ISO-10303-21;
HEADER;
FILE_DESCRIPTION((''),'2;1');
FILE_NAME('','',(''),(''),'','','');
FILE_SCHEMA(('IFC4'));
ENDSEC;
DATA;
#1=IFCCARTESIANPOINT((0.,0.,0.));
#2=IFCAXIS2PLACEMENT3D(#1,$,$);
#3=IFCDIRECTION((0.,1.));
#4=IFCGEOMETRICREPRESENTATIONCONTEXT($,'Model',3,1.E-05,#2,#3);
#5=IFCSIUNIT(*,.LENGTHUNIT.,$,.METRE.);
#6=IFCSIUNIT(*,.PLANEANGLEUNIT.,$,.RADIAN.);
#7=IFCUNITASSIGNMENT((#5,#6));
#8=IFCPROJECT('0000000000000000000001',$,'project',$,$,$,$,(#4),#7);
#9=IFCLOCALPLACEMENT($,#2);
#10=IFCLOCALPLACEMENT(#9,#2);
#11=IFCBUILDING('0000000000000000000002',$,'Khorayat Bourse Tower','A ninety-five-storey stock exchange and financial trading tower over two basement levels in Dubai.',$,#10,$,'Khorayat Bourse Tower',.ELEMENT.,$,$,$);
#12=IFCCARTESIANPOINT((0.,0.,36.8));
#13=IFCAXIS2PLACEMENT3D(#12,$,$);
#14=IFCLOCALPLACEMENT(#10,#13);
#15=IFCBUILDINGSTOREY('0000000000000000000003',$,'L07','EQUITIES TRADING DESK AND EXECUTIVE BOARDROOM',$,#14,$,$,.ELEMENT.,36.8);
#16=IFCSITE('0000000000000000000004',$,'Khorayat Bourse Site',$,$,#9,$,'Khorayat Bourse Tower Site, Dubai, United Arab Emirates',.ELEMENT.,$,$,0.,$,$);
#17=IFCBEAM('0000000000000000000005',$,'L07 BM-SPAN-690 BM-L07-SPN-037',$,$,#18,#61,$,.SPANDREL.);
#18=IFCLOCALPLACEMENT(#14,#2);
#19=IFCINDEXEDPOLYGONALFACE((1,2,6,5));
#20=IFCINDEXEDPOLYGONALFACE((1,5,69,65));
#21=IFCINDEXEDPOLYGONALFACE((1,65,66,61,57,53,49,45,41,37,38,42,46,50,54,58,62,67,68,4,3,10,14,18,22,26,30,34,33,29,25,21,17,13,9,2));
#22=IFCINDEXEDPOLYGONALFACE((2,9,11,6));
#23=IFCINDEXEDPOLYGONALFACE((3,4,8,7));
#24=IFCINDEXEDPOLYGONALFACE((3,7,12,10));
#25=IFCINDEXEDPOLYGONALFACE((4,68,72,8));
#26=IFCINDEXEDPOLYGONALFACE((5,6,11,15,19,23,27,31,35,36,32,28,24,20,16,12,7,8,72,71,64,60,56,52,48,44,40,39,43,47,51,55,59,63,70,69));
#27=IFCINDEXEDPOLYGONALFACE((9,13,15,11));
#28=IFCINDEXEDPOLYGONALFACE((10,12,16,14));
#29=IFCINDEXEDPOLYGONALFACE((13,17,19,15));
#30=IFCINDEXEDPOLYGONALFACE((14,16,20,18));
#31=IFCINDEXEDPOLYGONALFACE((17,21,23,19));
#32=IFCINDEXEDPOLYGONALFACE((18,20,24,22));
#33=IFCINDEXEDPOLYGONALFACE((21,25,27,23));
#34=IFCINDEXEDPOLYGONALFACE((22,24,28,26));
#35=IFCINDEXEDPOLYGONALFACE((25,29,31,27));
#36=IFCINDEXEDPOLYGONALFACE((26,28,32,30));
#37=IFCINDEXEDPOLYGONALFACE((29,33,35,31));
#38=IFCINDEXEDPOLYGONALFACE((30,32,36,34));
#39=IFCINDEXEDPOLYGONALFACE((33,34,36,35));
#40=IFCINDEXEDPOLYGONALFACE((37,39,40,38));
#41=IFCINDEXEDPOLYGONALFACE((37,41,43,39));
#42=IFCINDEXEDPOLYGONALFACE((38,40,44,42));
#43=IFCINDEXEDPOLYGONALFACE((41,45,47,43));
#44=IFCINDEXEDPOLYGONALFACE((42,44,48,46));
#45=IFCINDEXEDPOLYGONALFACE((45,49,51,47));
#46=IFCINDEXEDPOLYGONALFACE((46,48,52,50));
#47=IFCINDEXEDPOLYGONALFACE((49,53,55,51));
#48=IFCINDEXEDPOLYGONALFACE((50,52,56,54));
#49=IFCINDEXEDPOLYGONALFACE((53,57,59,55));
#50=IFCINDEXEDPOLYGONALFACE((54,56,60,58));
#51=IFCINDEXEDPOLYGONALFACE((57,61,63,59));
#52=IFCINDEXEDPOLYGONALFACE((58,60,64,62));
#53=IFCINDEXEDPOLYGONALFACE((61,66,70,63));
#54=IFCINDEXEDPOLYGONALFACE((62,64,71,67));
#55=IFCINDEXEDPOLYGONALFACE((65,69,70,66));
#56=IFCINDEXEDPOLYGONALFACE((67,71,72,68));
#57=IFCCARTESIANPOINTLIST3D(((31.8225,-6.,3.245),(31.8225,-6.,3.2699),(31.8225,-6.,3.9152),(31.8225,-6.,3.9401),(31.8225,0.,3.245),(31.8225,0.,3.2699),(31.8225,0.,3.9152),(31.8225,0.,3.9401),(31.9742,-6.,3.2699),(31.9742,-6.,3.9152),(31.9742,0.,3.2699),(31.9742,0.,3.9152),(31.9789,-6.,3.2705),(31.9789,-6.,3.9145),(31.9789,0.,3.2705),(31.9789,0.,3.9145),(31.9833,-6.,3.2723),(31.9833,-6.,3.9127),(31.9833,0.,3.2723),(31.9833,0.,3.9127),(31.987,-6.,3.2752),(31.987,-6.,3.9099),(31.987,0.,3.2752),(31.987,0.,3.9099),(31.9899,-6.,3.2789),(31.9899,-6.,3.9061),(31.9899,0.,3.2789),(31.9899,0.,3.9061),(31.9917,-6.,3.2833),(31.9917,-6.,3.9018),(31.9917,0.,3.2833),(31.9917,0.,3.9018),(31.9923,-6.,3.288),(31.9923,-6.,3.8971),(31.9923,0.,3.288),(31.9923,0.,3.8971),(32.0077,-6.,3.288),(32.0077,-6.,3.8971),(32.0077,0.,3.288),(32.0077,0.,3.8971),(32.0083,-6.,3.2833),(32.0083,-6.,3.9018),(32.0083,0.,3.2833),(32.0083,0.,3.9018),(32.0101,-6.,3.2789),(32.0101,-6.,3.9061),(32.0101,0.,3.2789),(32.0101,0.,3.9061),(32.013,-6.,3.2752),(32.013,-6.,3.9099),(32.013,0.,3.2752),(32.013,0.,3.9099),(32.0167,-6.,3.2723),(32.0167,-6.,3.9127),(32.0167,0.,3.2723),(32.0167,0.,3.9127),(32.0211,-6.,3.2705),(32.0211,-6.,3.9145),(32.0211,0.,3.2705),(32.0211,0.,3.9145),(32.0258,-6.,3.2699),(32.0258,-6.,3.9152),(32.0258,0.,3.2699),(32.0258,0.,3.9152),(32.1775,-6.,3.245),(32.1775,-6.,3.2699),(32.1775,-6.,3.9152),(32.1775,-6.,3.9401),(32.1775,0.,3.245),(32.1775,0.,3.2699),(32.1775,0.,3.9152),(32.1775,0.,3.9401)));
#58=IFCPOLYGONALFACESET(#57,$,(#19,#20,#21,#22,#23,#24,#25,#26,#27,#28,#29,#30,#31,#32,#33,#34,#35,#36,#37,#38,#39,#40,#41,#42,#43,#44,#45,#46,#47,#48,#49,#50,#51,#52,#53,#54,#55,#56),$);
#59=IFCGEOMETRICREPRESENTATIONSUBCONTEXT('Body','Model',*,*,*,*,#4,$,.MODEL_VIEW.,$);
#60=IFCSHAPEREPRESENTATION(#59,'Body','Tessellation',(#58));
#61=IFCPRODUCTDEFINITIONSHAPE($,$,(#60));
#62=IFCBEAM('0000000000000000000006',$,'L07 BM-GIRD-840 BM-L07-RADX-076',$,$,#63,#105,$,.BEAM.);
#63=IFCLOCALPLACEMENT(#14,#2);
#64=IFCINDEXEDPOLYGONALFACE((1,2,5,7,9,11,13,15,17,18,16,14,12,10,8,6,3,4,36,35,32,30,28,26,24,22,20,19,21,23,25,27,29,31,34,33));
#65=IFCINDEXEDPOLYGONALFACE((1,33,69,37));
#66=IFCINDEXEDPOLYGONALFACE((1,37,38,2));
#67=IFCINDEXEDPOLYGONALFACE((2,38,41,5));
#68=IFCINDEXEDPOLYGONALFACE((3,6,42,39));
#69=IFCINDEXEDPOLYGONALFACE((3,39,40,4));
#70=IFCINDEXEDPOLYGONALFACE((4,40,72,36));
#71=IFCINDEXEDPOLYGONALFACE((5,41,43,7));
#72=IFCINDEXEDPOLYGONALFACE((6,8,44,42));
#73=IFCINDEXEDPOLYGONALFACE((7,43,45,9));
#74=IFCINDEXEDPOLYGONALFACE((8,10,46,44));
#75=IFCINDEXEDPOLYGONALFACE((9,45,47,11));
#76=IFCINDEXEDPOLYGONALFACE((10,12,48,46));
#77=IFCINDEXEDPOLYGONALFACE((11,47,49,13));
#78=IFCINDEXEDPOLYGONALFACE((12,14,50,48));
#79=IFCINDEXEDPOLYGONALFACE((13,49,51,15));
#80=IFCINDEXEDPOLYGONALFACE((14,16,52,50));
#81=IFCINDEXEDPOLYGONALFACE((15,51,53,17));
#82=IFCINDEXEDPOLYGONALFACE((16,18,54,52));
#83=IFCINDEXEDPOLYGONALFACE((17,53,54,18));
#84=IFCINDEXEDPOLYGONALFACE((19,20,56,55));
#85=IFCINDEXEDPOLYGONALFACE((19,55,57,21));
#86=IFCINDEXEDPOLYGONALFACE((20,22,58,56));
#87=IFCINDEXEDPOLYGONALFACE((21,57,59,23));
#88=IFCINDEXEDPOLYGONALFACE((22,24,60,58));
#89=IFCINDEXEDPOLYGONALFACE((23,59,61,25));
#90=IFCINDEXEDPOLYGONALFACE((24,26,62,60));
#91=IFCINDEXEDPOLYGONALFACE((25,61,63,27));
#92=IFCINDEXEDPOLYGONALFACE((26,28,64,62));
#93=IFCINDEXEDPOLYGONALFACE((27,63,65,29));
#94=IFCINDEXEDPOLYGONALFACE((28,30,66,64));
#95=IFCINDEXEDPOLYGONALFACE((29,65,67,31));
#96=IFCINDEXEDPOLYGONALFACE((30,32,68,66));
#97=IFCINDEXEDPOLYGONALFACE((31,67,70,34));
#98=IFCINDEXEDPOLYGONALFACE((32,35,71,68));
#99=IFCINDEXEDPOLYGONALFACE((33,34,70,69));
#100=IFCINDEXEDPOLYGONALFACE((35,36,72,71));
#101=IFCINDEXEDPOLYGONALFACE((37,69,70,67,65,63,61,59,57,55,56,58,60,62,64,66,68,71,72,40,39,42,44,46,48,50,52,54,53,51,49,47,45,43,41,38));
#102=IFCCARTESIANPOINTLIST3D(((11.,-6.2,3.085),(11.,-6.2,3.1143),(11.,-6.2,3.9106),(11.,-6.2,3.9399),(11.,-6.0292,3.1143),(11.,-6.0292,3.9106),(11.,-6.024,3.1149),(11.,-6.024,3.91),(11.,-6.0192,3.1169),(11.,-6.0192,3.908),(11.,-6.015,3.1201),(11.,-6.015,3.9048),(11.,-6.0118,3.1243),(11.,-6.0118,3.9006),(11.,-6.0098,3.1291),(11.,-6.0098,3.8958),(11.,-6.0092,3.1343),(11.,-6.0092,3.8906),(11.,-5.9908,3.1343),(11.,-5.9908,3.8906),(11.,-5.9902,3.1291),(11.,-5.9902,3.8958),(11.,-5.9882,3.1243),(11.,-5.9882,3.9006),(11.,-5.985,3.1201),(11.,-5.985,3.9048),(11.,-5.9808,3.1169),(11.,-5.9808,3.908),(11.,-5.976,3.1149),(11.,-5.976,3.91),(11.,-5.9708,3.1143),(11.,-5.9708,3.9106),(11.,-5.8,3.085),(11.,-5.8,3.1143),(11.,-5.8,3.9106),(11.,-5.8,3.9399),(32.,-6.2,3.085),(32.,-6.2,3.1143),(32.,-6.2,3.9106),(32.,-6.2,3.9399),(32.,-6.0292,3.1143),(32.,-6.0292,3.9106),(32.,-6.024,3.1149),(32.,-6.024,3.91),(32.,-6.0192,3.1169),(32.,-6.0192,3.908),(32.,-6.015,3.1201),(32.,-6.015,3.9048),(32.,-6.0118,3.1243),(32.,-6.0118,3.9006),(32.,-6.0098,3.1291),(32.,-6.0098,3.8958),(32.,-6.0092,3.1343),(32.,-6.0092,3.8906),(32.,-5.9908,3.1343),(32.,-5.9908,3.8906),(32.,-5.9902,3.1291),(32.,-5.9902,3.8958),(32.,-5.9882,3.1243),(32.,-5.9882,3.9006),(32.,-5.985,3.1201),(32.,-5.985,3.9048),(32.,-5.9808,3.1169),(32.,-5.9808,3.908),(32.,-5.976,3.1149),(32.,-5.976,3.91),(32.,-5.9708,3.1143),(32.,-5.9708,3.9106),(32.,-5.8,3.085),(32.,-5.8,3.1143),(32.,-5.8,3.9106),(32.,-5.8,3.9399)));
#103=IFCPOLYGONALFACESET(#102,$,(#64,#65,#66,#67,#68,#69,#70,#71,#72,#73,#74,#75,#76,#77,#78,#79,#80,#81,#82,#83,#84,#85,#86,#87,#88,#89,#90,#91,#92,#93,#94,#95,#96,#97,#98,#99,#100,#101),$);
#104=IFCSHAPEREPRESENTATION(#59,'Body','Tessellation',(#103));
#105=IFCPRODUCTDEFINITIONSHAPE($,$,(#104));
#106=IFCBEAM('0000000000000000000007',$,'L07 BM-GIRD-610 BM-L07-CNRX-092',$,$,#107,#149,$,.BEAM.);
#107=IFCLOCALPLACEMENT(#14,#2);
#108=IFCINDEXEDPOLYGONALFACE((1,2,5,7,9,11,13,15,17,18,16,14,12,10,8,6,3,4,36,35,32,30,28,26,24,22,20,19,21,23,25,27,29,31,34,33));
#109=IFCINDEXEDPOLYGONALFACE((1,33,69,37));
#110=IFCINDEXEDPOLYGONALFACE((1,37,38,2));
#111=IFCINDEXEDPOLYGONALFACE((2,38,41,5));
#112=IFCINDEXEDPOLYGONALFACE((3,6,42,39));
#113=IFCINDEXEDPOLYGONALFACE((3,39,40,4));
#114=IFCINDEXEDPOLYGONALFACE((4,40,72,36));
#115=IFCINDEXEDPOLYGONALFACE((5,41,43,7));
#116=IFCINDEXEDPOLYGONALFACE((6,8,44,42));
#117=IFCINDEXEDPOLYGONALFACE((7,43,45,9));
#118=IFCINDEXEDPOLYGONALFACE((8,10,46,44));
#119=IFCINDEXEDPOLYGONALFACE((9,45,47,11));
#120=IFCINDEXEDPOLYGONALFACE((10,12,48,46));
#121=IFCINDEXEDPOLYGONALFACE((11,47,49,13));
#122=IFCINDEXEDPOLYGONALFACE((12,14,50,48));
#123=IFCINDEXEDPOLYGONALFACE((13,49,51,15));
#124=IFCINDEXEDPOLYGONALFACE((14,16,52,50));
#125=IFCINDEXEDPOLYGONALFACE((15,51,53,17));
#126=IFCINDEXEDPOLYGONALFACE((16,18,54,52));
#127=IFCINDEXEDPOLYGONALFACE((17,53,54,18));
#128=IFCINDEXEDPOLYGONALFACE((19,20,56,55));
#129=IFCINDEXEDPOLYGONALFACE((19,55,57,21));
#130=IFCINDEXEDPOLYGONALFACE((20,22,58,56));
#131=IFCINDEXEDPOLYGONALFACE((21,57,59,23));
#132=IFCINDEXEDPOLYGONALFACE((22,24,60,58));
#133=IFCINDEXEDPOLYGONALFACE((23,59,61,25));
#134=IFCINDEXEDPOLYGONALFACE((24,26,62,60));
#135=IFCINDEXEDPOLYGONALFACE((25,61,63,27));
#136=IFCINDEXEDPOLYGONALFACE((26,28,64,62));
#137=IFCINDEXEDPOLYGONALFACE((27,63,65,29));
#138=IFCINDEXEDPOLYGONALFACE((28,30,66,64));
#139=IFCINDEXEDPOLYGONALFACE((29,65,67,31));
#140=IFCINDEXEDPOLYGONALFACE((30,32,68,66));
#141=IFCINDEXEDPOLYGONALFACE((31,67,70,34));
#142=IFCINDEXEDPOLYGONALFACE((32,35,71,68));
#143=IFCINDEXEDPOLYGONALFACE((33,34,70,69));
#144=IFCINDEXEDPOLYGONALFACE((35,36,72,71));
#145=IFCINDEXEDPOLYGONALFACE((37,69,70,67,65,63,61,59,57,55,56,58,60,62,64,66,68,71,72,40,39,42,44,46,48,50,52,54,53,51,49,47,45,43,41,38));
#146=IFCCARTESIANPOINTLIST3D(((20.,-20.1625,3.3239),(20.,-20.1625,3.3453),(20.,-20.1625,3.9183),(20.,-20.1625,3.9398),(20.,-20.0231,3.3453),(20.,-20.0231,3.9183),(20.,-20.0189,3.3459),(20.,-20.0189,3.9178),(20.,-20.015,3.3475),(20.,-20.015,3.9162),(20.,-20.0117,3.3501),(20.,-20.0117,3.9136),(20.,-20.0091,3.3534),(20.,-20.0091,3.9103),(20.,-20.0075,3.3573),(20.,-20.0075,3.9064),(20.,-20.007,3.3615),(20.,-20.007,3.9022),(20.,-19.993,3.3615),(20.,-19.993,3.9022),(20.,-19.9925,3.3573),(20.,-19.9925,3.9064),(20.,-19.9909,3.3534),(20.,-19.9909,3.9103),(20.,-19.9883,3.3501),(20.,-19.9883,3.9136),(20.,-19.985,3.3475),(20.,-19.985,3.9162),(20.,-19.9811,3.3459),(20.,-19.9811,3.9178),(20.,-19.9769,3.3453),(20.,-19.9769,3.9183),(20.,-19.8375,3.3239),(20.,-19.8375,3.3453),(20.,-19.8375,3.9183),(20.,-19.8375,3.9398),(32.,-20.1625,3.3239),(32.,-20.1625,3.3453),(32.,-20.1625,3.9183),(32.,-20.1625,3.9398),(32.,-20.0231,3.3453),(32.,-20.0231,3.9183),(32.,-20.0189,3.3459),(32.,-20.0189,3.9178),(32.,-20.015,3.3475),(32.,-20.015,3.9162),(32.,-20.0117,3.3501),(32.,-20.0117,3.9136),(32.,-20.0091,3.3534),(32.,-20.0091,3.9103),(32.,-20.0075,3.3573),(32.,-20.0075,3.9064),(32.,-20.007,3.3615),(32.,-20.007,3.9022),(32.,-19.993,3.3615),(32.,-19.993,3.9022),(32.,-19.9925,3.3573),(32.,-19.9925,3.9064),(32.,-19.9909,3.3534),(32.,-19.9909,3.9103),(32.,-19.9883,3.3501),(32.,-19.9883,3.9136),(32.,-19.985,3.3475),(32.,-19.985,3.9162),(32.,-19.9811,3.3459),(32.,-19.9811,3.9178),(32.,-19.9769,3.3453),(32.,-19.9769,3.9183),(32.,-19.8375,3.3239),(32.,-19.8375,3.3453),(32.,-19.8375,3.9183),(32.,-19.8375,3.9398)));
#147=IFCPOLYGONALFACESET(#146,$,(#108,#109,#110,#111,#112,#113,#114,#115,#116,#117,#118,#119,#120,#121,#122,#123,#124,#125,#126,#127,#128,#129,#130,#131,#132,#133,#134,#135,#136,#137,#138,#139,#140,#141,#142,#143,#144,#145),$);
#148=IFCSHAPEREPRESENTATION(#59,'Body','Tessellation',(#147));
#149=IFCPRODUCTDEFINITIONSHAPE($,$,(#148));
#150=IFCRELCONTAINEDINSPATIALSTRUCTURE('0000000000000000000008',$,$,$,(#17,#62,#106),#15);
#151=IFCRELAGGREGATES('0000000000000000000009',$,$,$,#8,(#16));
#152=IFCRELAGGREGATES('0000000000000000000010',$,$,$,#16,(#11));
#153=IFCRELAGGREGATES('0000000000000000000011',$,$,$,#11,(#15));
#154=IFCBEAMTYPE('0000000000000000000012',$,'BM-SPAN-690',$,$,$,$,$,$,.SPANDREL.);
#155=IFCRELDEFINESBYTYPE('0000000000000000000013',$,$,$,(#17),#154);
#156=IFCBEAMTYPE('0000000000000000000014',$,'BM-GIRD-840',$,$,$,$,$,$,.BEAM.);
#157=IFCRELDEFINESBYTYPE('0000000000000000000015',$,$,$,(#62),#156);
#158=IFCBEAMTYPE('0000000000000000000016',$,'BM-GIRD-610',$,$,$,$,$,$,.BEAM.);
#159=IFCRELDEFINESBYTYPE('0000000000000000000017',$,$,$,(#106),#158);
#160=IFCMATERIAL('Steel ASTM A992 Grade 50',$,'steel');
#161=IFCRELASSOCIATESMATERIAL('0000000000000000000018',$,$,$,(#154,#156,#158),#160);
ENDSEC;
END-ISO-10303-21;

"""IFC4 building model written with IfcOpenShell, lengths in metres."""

from ifc_helpers import new_model, si_unit, direction, frame, origin, origin_2d, place, context, subcontext, project, spatial, i_section, extrude, source, transform, mapped, material, material_profile, profile_set, type_object, element, save


model = new_model("IFC4")

# Units and contexts
model_context = context("Model", 3, precision=1e-05, world=origin(), true_north=direction((0.0, 1.0)))
body_context = subcontext(model_context, "Body", "Model", "MODEL_VIEW")
ifc_project = project(units=[si_unit("LENGTHUNIT", "METRE"), si_unit("PLANEANGLEUNIT", "RADIAN")], contexts=[model_context])

# Site, building, storey
site_placement = place(None, origin())
site = spatial("IfcSite", under=ifc_project, at=site_placement, Name="Khorayat Bourse Site", LongName="Khorayat Bourse Tower Site, Dubai, United Arab Emirates", CompositionType="ELEMENT", RefElevation=0.0)
building_placement = place(site_placement, origin())
building = spatial("IfcBuilding", under=site, at=building_placement, Name="Khorayat Bourse Tower", Description="A ninety-five-storey stock exchange and financial trading tower over two basement levels in Dubai.", LongName="Khorayat Bourse Tower", CompositionType="ELEMENT")
storey_placement = place(building_placement, frame((0.0, 0.0, 36.8)))
storey = spatial("IfcBuildingStorey", under=building, at=storey_placement, Name="L07", Description="EQUITIES TRADING DESK AND EXECUTIVE BOARDROOM", CompositionType="ELEMENT", Elevation=36.8)

# Beams
ifc_material_1 = material(Name="Steel ASTM A992 Grade 50", Category="steel")
ifc_material_profile_1 = material_profile(ifc_material_1, i_section(OverallWidth=0.355, OverallDepth=0.6951, WebThickness=0.0154, FlangeThickness=0.0249, FilletRadius=0.0181, at=origin_2d()), Name="W690X217")
ifc_profile_set_1 = profile_set([ifc_material_profile_1], Name="Steel ASTM A992 Grade 50")
beam_type_1 = type_object("IfcBeamType", Name="BM-SPAN-690", PredefinedType="SPANDREL", material=ifc_profile_set_1)
shared_shape_1 = source(origin(), body_context, "Body", "SweptSolid", [
    extrude(i_section(OverallWidth=0.355, OverallDepth=0.6951, WebThickness=0.0154, FlangeThickness=0.0249, FilletRadius=0.0181, at=origin_2d()), origin(), (0.0, 0.0, 1.0), 6.0),
])
beam_1_placement = place(storey_placement, frame((32.0, -6.0, 3.5925), z_axis=(0.0, 1.0, 0.0), x_axis=(-1.0, 0.0, 0.0)))
element("IfcBeam", 1, at=beam_1_placement, inside=storey, type_object=beam_type_1, Name="L07 BM-SPAN-690 BM-L07-SPN-037", PredefinedType="SPANDREL", context=body_context, shape_type="MappedRepresentation", body=[
    mapped(shared_shape_1, transform((0.0, 0.0, 0.0), scale=1.0)),
])
ifc_material_profile_2 = material_profile(ifc_material_1, i_section(OverallWidth=0.3999, OverallDepth=0.855, WebThickness=0.0183, FlangeThickness=0.0293, FilletRadius=0.02, at=origin_2d()), Name="W840X299")
ifc_profile_set_2 = profile_set([ifc_material_profile_2], Name="Steel ASTM A992 Grade 50")
beam_type_2 = type_object("IfcBeamType", Name="BM-GIRD-840", PredefinedType="BEAM", material=ifc_profile_set_2)
shared_shape_2 = source(origin(), body_context, "Body", "SweptSolid", [
    extrude(i_section(OverallWidth=0.3999, OverallDepth=0.855, WebThickness=0.0183, FlangeThickness=0.0293, FilletRadius=0.02, at=origin_2d()), origin(), (0.0, 0.0, 1.0), 21.0),
])
beam_2_placement = place(storey_placement, frame((11.0, -6.0, 3.5125), z_axis=(1.0, 0.0, 0.0), x_axis=(0.0, 1.0, 0.0)))
element("IfcBeam", 2, at=beam_2_placement, inside=storey, type_object=beam_type_2, Name="L07 BM-GIRD-840 BM-L07-RADX-076", PredefinedType="BEAM", context=body_context, shape_type="MappedRepresentation", body=[
    mapped(shared_shape_2, transform((0.0, 0.0, 0.0), scale=1.0)),
])
ifc_material_profile_3 = material_profile(ifc_material_1, i_section(OverallWidth=0.325, OverallDepth=0.616, WebThickness=0.0139, FlangeThickness=0.0215, FilletRadius=0.0161, at=origin_2d()), Name="W610X174")
ifc_profile_set_3 = profile_set([ifc_material_profile_3], Name="Steel ASTM A992 Grade 50")
beam_type_3 = type_object("IfcBeamType", Name="BM-GIRD-610", PredefinedType="BEAM", material=ifc_profile_set_3)
shared_shape_3 = source(origin(), body_context, "Body", "SweptSolid", [
    extrude(i_section(OverallWidth=0.325, OverallDepth=0.616, WebThickness=0.0139, FlangeThickness=0.0215, FilletRadius=0.0161, at=origin_2d()), origin(), (0.0, 0.0, 1.0), 12.0),
])
beam_3_placement = place(storey_placement, frame((20.0, -20.0, 3.6318), z_axis=(1.0, 0.0, 0.0), x_axis=(0.0, 1.0, 0.0)))
element("IfcBeam", 3, at=beam_3_placement, inside=storey, type_object=beam_type_3, Name="L07 BM-GIRD-610 BM-L07-CNRX-092", PredefinedType="BEAM", context=body_context, shape_type="MappedRepresentation", body=[
    mapped(shared_shape_3, transform((0.0, 0.0, 0.0), scale=1.0)),
])

save(model, "model.ifc")
